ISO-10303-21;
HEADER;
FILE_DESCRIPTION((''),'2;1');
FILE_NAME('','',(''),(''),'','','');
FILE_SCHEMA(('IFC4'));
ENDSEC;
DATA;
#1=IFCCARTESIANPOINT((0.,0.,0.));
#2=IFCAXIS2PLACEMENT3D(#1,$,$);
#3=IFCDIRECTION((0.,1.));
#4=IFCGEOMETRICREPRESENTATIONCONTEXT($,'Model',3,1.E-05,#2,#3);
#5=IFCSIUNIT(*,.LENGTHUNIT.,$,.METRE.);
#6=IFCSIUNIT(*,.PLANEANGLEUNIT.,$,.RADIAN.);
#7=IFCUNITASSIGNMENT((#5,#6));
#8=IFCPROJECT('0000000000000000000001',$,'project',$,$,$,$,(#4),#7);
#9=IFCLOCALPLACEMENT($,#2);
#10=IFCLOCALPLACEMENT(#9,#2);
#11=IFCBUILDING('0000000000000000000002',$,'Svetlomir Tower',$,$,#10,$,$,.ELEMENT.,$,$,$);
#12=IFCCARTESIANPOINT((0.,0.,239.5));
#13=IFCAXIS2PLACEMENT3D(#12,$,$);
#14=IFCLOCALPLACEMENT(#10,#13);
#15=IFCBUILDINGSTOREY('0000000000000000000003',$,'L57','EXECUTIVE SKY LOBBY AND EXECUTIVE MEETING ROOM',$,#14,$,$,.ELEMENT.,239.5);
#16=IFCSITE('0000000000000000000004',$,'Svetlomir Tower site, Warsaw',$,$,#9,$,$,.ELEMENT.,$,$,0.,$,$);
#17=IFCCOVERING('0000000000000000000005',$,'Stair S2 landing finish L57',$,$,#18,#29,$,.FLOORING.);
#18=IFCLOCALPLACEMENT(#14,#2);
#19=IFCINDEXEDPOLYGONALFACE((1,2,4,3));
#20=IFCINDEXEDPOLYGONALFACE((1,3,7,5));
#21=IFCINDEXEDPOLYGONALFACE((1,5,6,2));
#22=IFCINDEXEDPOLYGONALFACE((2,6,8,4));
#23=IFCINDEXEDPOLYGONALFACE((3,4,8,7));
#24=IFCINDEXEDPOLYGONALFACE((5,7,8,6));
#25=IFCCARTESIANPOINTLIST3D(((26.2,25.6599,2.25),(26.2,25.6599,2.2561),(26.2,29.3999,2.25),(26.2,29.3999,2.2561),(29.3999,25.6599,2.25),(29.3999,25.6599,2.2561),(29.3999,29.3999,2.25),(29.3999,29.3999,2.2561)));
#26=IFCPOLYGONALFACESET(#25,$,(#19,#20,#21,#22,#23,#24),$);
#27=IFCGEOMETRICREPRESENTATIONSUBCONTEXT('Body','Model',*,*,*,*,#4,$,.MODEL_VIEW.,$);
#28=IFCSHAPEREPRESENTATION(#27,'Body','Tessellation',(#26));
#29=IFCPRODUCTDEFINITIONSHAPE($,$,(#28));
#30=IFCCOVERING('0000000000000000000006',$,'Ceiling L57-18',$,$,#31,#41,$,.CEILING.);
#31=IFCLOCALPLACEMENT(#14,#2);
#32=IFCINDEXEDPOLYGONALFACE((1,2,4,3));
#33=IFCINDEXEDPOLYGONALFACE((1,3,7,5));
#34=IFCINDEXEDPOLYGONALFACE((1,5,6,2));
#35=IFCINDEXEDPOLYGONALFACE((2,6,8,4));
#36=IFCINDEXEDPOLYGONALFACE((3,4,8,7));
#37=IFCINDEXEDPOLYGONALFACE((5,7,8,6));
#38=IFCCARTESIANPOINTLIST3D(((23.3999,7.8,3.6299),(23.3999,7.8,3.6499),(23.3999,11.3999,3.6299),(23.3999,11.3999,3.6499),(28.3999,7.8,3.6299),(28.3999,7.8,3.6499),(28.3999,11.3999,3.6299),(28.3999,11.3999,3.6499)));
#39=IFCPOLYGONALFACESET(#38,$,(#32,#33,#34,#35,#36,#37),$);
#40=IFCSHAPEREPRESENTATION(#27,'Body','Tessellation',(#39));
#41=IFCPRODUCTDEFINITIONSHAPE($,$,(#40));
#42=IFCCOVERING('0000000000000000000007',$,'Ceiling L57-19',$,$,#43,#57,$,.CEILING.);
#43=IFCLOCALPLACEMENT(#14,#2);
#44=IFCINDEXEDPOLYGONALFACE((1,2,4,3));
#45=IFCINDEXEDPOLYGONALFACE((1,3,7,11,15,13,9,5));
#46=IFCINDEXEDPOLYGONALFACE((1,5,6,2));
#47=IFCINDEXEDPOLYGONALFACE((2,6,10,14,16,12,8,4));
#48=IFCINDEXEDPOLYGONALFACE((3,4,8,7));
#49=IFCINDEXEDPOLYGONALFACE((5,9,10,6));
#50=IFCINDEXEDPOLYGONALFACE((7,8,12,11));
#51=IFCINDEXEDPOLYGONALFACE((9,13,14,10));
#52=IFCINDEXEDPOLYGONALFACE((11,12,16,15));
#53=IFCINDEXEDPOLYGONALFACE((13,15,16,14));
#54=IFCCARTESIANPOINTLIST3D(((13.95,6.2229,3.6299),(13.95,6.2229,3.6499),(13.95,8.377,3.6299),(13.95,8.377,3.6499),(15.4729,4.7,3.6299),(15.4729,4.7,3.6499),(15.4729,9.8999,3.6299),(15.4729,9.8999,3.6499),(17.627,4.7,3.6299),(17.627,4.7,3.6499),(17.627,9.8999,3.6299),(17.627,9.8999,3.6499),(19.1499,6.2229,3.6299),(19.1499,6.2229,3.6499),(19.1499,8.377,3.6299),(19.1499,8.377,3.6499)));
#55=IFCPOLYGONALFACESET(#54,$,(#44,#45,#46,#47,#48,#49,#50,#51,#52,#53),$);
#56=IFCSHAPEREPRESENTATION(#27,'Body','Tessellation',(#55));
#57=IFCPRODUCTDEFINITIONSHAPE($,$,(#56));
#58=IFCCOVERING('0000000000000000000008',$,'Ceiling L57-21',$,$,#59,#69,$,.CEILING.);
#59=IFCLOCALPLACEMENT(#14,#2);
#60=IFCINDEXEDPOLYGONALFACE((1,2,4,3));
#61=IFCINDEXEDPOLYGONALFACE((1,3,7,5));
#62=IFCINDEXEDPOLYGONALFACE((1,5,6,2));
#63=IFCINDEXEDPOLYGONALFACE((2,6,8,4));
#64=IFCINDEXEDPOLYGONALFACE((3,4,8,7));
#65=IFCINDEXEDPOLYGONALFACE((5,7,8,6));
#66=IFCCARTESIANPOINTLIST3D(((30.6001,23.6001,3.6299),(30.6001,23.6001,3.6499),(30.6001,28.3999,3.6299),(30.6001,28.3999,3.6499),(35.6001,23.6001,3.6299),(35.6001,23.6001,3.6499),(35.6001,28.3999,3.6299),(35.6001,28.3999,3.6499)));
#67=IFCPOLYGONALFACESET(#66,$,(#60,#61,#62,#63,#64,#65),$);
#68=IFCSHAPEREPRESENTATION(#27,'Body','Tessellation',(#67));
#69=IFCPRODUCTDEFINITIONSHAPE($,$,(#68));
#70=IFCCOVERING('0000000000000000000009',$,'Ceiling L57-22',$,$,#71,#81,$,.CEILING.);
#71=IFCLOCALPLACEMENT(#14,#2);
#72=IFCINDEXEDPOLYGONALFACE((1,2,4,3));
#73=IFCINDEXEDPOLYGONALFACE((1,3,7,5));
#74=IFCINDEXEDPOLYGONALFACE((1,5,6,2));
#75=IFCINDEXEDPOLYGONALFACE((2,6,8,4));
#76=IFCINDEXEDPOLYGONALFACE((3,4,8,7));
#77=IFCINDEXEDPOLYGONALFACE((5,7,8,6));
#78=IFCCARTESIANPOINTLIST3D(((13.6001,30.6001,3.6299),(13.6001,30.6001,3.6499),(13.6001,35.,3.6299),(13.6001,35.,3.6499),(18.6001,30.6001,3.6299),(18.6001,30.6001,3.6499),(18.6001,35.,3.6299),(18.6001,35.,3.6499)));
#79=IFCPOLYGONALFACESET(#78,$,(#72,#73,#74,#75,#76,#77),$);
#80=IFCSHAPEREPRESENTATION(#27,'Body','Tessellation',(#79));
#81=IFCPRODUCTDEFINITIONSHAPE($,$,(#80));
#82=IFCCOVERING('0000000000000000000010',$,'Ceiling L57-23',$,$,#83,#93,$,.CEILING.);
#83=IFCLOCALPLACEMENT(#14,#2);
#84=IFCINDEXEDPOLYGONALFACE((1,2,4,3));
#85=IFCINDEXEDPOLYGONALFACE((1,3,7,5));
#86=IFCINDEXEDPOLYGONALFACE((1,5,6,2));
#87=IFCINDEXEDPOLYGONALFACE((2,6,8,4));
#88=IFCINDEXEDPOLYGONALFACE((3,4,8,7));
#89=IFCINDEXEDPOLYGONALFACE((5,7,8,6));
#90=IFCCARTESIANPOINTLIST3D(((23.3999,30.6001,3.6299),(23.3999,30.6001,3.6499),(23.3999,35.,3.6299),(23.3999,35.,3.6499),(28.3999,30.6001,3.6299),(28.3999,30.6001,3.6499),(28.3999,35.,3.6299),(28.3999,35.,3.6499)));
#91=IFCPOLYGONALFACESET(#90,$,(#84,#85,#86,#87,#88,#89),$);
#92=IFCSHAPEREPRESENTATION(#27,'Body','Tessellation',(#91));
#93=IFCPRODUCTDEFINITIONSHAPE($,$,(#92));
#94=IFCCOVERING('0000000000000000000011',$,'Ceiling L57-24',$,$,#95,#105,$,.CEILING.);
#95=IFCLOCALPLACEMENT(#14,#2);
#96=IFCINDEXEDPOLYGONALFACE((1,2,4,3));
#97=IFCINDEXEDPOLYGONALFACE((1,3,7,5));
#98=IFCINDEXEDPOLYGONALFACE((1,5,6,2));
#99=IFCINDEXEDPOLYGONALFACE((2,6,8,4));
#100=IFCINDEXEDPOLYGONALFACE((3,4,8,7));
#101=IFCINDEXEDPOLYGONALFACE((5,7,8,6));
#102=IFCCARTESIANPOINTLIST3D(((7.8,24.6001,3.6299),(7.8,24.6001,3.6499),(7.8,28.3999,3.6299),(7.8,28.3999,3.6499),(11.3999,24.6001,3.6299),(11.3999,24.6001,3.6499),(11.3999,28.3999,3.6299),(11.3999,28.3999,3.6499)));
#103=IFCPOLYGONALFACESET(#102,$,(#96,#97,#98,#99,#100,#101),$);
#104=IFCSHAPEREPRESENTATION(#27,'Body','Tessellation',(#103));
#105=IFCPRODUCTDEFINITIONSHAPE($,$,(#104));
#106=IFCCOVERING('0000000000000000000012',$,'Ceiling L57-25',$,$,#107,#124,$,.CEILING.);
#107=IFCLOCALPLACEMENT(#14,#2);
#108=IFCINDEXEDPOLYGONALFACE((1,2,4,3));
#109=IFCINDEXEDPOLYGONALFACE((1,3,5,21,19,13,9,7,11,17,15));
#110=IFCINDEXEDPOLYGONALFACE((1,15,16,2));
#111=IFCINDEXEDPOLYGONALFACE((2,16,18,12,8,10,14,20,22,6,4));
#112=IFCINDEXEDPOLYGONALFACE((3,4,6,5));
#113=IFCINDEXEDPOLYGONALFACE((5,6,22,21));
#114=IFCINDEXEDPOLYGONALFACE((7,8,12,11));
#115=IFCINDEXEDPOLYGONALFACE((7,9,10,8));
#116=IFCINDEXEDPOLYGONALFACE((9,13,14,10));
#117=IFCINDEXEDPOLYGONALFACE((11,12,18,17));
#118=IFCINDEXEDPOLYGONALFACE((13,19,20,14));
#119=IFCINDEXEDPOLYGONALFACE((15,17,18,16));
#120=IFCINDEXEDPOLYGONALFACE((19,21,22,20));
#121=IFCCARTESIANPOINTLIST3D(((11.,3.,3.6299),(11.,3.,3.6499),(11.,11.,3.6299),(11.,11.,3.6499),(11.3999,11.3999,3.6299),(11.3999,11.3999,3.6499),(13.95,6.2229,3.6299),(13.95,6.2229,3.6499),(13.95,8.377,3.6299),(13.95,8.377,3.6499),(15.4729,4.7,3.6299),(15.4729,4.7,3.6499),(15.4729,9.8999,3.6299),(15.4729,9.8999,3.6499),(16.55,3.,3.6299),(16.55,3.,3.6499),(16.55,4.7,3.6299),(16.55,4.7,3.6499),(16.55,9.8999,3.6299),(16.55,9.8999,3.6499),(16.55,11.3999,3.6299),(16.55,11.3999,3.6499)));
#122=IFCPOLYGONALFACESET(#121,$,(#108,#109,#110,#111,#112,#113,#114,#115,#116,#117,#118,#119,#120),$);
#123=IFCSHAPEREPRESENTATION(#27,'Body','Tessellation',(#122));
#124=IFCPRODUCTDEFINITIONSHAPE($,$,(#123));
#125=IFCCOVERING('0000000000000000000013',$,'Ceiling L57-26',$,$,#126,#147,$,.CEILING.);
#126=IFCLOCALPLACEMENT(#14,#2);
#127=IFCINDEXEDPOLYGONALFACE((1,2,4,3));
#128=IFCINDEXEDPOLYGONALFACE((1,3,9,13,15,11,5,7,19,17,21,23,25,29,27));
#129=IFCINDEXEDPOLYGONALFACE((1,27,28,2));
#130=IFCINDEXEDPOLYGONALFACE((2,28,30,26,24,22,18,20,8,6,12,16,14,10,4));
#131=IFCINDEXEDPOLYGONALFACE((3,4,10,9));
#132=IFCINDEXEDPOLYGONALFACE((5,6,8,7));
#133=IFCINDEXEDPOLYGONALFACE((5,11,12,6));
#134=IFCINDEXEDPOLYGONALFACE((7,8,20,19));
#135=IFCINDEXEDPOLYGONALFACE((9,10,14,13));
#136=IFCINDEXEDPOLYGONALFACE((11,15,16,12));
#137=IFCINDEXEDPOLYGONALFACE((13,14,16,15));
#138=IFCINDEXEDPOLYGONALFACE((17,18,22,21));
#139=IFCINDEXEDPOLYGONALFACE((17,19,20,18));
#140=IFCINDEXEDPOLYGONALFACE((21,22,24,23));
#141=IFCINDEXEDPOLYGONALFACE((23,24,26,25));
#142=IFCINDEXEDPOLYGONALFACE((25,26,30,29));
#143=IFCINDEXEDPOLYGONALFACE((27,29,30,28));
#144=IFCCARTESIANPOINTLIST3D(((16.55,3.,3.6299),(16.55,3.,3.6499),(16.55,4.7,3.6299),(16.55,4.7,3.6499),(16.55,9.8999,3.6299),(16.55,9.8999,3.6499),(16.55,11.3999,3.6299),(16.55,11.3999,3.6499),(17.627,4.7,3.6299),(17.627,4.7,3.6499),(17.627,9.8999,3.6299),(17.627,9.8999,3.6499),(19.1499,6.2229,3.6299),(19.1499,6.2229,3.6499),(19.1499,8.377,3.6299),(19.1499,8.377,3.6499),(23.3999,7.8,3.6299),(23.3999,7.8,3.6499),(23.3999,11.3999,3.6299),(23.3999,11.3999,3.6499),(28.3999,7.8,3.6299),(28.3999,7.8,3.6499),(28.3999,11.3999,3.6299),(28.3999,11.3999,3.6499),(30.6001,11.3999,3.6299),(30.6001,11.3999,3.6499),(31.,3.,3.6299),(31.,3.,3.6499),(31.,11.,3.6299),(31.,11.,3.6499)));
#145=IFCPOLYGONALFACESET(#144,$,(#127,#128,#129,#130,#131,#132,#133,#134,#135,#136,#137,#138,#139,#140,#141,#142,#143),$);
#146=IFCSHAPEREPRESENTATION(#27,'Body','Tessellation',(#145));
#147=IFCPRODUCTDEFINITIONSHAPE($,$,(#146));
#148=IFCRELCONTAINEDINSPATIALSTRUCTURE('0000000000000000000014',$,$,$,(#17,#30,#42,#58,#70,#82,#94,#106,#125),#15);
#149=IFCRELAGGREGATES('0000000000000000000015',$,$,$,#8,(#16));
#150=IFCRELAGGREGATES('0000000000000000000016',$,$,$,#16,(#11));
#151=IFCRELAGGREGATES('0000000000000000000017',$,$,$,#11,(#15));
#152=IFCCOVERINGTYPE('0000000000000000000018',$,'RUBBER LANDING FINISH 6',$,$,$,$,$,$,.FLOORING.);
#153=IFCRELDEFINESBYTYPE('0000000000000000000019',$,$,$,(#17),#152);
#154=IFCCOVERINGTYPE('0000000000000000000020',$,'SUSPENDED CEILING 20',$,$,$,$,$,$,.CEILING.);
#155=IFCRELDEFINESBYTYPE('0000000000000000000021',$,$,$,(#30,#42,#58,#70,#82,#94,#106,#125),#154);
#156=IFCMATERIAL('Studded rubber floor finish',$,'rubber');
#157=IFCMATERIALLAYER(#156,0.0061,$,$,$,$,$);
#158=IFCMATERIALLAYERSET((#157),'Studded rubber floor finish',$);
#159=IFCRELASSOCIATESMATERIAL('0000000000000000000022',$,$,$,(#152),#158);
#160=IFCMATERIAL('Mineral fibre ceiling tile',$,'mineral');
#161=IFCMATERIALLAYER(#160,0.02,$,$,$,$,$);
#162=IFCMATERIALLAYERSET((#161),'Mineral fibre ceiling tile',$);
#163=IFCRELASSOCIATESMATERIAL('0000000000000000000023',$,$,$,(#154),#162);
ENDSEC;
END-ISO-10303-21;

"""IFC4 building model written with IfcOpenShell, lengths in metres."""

from ifc_helpers import new_model, si_unit, direction, frame, origin, place, context, subcontext, project, spatial, polyline, outline, extrude, material, layer, layer_set, type_object, element, save


model = new_model("IFC4")

# Units and contexts
model_context = context("Model", 3, precision=1e-05, world=origin(), true_north=direction((0.0, 1.0)))
body_context = subcontext(model_context, "Body", "Model", "MODEL_VIEW")
ifc_project = project(units=[si_unit("LENGTHUNIT", "METRE"), si_unit("PLANEANGLEUNIT", "RADIAN")], contexts=[model_context])

# Site, building, storey
site_placement = place(None, origin())
site = spatial("IfcSite", under=ifc_project, at=site_placement, Name="Svetlomir Tower site, Warsaw", CompositionType="ELEMENT", RefElevation=0.0)
building_placement = place(site_placement, origin())
building = spatial("IfcBuilding", under=site, at=building_placement, Name="Svetlomir Tower", CompositionType="ELEMENT")
storey_placement = place(building_placement, frame((0.0, 0.0, 239.5)))
storey = spatial("IfcBuildingStorey", under=building, at=storey_placement, Name="L57", Description="EXECUTIVE SKY LOBBY AND EXECUTIVE MEETING ROOM", CompositionType="ELEMENT", Elevation=239.5)

# Coverings
ifc_material_1 = material(Name="Studded rubber floor finish", Category="rubber")
ifc_layer_1 = layer(ifc_material_1, 0.0061)
ifc_layer_set_1 = layer_set([ifc_layer_1], Name="Studded rubber floor finish")
covering_type_1 = type_object("IfcCoveringType", Name="RUBBER LANDING FINISH 6", PredefinedType="FLOORING", material=ifc_layer_set_1)
covering_1_placement = place(storey_placement, frame((0.0, 0.0, 2.25)))
element("IfcCovering", 1, at=covering_1_placement, inside=storey, type_object=covering_type_1, Name="Stair S2 landing finish L57", PredefinedType="FLOORING", context=body_context, shape_type="SweptSolid", body=[
    extrude(outline(polyline([(26.2, 25.6599), (29.3999, 25.6599), (29.3999, 29.3999), (26.2, 29.3999), (26.2, 25.6599)])), origin(), (0.0, 0.0, 1.0), 0.0061),
])
ifc_material_2 = material(Name="Mineral fibre ceiling tile", Category="mineral")
ifc_layer_2 = layer(ifc_material_2, 0.02)
ifc_layer_set_2 = layer_set([ifc_layer_2], Name="Mineral fibre ceiling tile")
covering_type_2 = type_object("IfcCoveringType", Name="SUSPENDED CEILING 20", PredefinedType="CEILING", material=ifc_layer_set_2)
covering_2_placement = place(storey_placement, frame((0.0, 0.0, 3.6299)))
element("IfcCovering", 2, at=covering_2_placement, inside=storey, type_object=covering_type_2, Name="Ceiling L57-18", PredefinedType="CEILING", context=body_context, shape_type="SweptSolid", body=[
    extrude(outline(polyline([(23.3999, 7.8), (28.3999, 7.8), (28.3999, 11.3999), (23.3999, 11.3999), (23.3999, 7.8)])), origin(), (0.0, 0.0, 1.0), 0.02),
])
covering_3_placement = place(storey_placement, frame((0.0, 0.0, 3.6299)))
element("IfcCovering", 3, at=covering_3_placement, inside=storey, type_object=covering_type_2, Name="Ceiling L57-19", PredefinedType="CEILING", context=body_context, shape_type="SweptSolid", body=[
    extrude(outline(polyline([(15.4729, 4.7), (17.627, 4.7), (19.1499, 6.2229), (19.1499, 8.377), (17.627, 9.8999), (15.4729, 9.8999), (13.95, 8.377), (13.95, 6.2229), (15.4729, 4.7)])), origin(), (0.0, 0.0, 1.0), 0.02),
])
covering_4_placement = place(storey_placement, frame((0.0, 0.0, 3.6299)))
element("IfcCovering", 4, at=covering_4_placement, inside=storey, type_object=covering_type_2, Name="Ceiling L57-21", PredefinedType="CEILING", context=body_context, shape_type="SweptSolid", body=[
    extrude(outline(polyline([(30.6001, 23.6001), (35.6001, 23.6001), (35.6001, 28.3999), (30.6001, 28.3999), (30.6001, 23.6001)])), origin(), (0.0, 0.0, 1.0), 0.02),
])
covering_5_placement = place(storey_placement, frame((0.0, 0.0, 3.6299)))
element("IfcCovering", 5, at=covering_5_placement, inside=storey, type_object=covering_type_2, Name="Ceiling L57-22", PredefinedType="CEILING", context=body_context, shape_type="SweptSolid", body=[
    extrude(outline(polyline([(13.6001, 30.6001), (18.6001, 30.6001), (18.6001, 35.0), (13.6001, 35.0), (13.6001, 30.6001)])), origin(), (0.0, 0.0, 1.0), 0.02),
])
covering_6_placement = place(storey_placement, frame((0.0, 0.0, 3.6299)))
element("IfcCovering", 6, at=covering_6_placement, inside=storey, type_object=covering_type_2, Name="Ceiling L57-23", PredefinedType="CEILING", context=body_context, shape_type="SweptSolid", body=[
    extrude(outline(polyline([(23.3999, 30.6001), (28.3999, 30.6001), (28.3999, 35.0), (23.3999, 35.0), (23.3999, 30.6001)])), origin(), (0.0, 0.0, 1.0), 0.02),
])
covering_7_placement = place(storey_placement, frame((0.0, 0.0, 3.6299)))
element("IfcCovering", 7, at=covering_7_placement, inside=storey, type_object=covering_type_2, Name="Ceiling L57-24", PredefinedType="CEILING", context=body_context, shape_type="SweptSolid", body=[
    extrude(outline(polyline([(7.8, 24.6001), (11.3999, 24.6001), (11.3999, 28.3999), (7.8, 28.3999), (7.8, 24.6001)])), origin(), (0.0, 0.0, 1.0), 0.02),
])
covering_8_placement = place(storey_placement, frame((0.0, 0.0, 3.6299)))
element("IfcCovering", 8, at=covering_8_placement, inside=storey, type_object=covering_type_2, Name="Ceiling L57-25", PredefinedType="CEILING", context=body_context, shape_type="SweptSolid", body=[
    extrude(outline(polyline([(16.55, 3.0), (11.0, 3.0), (11.0, 11.0), (11.3999, 11.3999), (16.55, 11.3999), (16.55, 9.8999), (15.4729, 9.8999), (13.95, 8.377), (13.95, 6.2229), (15.4729, 4.7), (16.55, 4.7), (16.55, 3.0)])), origin(), (0.0, 0.0, 1.0), 0.02),
])
covering_9_placement = place(storey_placement, frame((0.0, 0.0, 3.6299)))
element("IfcCovering", 9, at=covering_9_placement, inside=storey, type_object=covering_type_2, Name="Ceiling L57-26", PredefinedType="CEILING", context=body_context, shape_type="SweptSolid", body=[
    extrude(outline(polyline([(31.0, 3.0), (16.55, 3.0), (16.55, 4.7), (17.627, 4.7), (19.1499, 6.2229), (19.1499, 8.377), (17.627, 9.8999), (16.55, 9.8999), (16.55, 11.3999), (23.3999, 11.3999), (23.3999, 7.8), (28.3999, 7.8), (28.3999, 11.3999), (30.6001, 11.3999), (31.0, 11.0), (31.0, 3.0)])), origin(), (0.0, 0.0, 1.0), 0.02),
])

save(model, "model.ifc")
